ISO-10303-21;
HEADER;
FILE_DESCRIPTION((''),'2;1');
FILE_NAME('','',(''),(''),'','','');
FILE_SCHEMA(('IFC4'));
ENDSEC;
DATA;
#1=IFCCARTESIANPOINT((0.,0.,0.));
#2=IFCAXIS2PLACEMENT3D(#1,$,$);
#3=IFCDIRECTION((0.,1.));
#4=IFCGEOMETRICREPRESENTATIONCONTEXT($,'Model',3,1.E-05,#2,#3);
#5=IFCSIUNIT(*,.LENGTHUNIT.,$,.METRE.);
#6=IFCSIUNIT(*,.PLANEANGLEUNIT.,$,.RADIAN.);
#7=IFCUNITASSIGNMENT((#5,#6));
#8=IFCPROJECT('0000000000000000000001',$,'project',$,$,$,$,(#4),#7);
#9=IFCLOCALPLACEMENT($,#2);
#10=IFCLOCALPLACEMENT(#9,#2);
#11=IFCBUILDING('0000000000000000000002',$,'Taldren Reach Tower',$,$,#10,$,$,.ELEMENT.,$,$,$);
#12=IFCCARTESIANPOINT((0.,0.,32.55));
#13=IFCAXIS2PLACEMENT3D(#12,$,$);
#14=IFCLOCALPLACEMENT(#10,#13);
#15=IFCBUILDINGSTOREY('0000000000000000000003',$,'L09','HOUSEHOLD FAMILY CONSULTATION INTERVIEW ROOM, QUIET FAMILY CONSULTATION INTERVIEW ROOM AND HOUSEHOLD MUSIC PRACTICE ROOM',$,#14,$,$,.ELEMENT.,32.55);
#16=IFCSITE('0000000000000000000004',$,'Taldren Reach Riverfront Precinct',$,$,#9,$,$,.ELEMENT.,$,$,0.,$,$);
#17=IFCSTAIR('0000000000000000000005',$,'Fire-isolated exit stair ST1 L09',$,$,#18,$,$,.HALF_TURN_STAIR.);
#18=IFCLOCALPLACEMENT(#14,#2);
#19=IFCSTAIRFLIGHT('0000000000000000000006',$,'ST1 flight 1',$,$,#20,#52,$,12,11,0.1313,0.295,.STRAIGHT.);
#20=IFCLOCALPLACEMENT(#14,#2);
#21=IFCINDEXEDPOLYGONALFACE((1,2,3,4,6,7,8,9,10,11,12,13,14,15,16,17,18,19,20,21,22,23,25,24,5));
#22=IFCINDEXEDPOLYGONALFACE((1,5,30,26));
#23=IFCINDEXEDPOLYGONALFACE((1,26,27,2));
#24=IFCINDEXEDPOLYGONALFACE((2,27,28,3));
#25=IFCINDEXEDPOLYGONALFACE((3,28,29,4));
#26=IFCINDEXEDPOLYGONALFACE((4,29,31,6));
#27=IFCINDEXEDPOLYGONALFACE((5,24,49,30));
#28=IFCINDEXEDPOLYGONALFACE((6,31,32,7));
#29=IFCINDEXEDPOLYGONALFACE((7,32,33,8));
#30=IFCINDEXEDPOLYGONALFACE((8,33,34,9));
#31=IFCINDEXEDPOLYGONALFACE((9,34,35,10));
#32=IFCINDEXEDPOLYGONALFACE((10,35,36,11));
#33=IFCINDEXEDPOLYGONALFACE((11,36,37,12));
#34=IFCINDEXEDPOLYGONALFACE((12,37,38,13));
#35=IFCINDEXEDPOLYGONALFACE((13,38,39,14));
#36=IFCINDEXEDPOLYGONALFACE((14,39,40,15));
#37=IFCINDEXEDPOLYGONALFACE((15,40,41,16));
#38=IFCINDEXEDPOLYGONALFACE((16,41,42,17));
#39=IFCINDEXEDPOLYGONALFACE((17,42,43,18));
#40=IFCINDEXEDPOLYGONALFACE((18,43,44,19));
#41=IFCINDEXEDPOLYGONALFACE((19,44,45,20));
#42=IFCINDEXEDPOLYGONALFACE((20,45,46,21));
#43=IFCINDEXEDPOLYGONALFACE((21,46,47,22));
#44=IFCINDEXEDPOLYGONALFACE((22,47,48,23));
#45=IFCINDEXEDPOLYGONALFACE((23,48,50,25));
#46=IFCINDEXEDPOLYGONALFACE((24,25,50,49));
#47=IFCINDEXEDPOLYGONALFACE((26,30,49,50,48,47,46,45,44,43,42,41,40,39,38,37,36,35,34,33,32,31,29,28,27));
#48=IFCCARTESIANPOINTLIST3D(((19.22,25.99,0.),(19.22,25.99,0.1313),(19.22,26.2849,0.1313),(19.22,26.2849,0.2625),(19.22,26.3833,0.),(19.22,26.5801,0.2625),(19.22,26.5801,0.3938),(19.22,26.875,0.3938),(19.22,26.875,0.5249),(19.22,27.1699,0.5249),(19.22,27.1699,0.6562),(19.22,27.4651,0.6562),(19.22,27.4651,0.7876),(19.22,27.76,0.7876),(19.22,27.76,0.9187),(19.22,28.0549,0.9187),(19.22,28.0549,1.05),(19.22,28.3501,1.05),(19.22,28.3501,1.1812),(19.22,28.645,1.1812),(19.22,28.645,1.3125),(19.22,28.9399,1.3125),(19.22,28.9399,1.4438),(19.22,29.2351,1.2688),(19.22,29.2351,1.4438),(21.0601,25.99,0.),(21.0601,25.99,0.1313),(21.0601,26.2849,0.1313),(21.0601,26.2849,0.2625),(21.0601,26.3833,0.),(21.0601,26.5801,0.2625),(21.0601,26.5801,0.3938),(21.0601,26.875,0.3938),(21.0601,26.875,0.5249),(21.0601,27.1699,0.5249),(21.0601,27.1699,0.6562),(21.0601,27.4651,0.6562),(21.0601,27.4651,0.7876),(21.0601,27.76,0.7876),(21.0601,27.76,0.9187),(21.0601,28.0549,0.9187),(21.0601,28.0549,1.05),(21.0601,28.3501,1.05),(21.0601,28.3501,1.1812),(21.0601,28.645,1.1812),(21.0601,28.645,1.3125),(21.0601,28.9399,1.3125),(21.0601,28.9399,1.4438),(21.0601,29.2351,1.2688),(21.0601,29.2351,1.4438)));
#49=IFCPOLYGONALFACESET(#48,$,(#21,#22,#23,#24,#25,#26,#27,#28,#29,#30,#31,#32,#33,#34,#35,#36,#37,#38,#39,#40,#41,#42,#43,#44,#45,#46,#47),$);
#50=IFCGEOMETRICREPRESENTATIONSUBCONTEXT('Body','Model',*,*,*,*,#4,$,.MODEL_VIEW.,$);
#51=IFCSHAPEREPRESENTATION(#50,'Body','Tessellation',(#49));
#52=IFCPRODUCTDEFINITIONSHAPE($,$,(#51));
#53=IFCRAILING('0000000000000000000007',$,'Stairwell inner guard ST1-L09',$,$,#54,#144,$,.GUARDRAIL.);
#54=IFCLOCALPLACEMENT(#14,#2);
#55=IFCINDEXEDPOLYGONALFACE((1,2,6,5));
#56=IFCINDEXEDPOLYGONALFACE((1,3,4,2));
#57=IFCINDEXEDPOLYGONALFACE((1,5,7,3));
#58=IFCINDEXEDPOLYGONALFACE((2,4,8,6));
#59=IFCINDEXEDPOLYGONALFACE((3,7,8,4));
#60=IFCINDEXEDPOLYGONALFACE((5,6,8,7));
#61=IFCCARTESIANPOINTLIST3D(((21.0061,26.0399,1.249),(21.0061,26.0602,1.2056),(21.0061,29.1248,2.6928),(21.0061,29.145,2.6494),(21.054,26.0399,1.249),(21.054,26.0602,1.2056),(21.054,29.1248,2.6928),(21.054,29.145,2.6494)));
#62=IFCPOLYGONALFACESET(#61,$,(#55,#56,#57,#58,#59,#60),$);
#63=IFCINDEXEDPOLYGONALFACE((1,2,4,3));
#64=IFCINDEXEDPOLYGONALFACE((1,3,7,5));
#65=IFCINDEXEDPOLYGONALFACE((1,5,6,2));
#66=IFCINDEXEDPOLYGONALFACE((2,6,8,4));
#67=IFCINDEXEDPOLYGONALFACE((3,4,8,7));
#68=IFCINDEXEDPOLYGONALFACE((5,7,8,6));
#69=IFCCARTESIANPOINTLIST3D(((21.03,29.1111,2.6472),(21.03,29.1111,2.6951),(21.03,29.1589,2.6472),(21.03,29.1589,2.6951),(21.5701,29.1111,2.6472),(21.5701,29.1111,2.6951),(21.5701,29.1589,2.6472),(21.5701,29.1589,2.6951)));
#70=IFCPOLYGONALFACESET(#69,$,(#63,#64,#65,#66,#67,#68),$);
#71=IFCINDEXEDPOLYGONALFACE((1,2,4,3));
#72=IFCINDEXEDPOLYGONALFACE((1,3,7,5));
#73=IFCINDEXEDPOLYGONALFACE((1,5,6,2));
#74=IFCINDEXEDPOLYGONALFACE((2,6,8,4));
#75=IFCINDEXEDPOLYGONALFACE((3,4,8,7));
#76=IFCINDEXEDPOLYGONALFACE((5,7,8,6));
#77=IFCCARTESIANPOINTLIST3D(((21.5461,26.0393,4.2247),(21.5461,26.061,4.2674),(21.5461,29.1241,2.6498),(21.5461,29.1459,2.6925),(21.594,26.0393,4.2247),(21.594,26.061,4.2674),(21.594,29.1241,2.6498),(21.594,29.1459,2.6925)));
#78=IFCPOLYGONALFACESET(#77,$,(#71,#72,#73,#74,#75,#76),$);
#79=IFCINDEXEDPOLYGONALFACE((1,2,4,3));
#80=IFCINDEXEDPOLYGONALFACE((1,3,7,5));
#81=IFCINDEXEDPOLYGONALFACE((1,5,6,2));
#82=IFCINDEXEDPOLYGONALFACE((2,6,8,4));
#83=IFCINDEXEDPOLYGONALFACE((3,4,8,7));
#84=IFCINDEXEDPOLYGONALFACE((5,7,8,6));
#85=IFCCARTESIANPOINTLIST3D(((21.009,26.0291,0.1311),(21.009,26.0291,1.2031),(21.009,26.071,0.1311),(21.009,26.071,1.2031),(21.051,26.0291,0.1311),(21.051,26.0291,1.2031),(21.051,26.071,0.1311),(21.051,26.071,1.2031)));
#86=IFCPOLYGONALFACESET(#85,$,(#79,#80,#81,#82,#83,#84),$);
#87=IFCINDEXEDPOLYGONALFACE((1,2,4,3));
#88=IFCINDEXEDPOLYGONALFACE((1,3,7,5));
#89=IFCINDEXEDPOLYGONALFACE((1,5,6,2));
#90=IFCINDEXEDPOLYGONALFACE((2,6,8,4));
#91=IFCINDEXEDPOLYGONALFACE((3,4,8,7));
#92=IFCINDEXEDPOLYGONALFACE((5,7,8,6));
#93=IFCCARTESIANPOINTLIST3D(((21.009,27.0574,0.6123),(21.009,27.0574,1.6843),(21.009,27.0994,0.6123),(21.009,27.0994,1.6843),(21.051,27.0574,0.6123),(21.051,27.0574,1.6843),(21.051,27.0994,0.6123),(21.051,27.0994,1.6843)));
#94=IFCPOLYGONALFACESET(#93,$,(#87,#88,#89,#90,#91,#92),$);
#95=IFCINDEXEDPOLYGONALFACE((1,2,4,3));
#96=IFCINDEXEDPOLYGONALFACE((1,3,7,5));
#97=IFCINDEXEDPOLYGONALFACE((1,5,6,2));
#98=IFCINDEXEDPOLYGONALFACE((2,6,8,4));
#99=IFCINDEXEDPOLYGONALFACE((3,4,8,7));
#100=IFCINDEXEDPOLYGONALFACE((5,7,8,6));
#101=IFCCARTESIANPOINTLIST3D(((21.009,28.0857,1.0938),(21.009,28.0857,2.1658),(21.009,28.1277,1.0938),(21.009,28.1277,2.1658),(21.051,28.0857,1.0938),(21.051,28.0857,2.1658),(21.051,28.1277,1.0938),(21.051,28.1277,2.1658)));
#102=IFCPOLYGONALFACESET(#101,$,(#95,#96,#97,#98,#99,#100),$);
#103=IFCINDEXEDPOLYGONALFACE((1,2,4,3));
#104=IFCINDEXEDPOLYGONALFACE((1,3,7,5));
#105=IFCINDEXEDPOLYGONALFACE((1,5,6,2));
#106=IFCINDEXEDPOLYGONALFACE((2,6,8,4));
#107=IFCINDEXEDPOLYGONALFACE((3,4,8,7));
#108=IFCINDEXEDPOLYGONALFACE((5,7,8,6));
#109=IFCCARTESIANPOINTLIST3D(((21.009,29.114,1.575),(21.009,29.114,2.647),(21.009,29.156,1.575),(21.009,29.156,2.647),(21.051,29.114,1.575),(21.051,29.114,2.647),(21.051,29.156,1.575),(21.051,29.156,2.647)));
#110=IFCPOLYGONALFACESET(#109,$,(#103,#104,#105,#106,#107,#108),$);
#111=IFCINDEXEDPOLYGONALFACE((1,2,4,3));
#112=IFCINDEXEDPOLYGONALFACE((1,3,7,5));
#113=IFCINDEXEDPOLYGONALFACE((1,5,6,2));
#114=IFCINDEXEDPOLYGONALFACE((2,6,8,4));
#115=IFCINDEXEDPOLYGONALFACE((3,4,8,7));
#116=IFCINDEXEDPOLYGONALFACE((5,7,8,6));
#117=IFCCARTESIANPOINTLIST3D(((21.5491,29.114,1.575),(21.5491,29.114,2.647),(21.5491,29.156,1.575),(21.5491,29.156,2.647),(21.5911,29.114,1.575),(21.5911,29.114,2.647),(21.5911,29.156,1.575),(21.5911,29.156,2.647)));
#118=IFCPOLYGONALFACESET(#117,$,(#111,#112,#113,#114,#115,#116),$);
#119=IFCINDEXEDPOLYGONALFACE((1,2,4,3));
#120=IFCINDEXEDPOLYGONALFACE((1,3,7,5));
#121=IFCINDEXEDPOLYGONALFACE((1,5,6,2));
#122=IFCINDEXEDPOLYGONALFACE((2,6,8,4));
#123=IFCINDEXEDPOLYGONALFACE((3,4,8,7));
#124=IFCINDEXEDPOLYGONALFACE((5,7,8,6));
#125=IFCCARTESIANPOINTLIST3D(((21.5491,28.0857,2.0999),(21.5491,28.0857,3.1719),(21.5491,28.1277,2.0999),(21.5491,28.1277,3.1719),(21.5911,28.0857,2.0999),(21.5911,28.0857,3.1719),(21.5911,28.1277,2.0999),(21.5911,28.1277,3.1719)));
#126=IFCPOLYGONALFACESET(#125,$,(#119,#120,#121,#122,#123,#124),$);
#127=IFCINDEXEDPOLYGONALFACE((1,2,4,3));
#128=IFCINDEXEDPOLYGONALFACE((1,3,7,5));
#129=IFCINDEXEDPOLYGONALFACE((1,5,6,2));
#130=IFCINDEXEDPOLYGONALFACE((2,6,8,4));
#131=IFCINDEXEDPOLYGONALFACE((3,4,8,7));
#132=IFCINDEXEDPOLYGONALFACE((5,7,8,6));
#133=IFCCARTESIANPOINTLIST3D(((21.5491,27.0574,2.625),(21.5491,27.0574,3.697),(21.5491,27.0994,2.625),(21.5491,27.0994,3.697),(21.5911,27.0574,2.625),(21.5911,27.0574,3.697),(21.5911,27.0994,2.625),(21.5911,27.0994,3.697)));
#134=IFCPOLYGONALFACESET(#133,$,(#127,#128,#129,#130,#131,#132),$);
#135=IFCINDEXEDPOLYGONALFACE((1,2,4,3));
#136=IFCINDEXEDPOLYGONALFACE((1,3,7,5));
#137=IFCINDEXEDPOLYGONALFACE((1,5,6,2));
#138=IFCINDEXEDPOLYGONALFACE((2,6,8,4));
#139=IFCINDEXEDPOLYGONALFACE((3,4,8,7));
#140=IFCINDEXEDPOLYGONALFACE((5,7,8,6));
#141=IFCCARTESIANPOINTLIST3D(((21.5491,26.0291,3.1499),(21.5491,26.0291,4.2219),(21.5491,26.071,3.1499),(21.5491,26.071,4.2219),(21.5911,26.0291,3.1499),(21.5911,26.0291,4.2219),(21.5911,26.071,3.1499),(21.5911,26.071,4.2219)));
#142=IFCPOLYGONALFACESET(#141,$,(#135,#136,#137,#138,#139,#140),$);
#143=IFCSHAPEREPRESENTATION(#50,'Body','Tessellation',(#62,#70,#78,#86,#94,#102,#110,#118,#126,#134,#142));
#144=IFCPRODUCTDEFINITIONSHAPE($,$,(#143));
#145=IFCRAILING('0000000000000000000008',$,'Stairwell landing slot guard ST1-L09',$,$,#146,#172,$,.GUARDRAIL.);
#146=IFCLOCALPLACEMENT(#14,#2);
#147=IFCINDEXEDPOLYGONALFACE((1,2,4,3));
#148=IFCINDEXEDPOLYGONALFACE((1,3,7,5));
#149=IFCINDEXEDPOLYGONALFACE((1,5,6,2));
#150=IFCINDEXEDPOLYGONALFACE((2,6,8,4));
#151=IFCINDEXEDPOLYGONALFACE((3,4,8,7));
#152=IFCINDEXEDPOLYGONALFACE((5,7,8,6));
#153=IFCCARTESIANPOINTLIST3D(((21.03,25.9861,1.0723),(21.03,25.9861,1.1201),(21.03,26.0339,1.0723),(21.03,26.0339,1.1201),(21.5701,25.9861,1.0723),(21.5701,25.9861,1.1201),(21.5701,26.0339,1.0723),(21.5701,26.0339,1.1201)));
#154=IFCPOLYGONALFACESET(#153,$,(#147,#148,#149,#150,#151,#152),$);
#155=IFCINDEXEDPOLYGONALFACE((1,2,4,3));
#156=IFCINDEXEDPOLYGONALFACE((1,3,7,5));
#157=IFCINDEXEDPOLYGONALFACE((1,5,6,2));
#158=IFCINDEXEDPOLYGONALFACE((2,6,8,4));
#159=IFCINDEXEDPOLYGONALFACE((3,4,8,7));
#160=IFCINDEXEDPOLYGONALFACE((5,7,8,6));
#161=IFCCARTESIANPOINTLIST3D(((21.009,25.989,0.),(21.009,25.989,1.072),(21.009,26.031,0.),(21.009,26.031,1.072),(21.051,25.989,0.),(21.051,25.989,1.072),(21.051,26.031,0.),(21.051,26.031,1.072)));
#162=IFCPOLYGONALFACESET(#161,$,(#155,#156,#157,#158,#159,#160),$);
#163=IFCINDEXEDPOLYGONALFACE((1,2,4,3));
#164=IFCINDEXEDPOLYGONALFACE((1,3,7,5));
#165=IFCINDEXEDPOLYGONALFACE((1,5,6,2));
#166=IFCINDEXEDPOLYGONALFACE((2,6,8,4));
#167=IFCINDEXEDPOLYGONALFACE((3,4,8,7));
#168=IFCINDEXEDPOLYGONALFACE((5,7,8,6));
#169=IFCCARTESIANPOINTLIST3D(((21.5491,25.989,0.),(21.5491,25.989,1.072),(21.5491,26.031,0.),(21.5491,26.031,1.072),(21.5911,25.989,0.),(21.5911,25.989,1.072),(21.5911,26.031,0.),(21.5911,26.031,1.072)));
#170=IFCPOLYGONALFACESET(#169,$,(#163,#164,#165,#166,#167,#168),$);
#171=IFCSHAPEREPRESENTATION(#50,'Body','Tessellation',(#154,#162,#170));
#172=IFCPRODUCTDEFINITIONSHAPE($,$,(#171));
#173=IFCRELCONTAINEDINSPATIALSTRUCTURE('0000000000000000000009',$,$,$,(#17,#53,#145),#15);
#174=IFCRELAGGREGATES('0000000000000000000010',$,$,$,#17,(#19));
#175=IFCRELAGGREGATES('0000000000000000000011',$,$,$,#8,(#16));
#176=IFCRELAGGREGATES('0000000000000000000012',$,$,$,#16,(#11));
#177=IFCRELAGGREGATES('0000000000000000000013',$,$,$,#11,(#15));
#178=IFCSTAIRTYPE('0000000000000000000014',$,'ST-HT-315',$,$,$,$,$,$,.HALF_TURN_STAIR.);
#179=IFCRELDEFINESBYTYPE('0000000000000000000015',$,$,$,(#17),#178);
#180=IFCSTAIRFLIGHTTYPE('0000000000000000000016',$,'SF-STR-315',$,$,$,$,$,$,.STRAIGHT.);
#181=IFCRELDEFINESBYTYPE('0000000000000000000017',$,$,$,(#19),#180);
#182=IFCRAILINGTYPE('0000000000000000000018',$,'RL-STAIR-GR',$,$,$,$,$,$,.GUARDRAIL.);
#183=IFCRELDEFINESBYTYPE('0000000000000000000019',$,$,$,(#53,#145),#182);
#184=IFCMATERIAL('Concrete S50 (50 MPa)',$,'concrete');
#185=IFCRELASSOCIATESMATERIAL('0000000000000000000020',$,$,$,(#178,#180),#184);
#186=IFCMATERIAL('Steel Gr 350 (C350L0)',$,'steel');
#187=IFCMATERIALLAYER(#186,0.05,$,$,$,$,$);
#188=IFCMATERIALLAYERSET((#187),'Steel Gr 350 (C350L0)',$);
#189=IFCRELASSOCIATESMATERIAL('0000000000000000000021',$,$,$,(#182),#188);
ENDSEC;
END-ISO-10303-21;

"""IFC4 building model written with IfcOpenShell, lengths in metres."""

from ifc_helpers import new_model, si_unit, direction, frame, origin, origin_2d, place, context, subcontext, project, spatial, polyline, rectangle, outline, extrude, material, layer, layer_set, type_object, element, aggregate, save


model = new_model("IFC4")

# Units and contexts
model_context = context("Model", 3, precision=1e-05, world=origin(), true_north=direction((0.0, 1.0)))
body_context = subcontext(model_context, "Body", "Model", "MODEL_VIEW")
ifc_project = project(units=[si_unit("LENGTHUNIT", "METRE"), si_unit("PLANEANGLEUNIT", "RADIAN")], contexts=[model_context])

# Site, building, storey
site_placement = place(None, origin())
site = spatial("IfcSite", under=ifc_project, at=site_placement, Name="Taldren Reach Riverfront Precinct", CompositionType="ELEMENT", RefElevation=0.0)
building_placement = place(site_placement, origin())
building = spatial("IfcBuilding", under=site, at=building_placement, Name="Taldren Reach Tower", CompositionType="ELEMENT")
storey_placement = place(building_placement, frame((0.0, 0.0, 32.55)))
storey = spatial("IfcBuildingStorey", under=building, at=storey_placement, Name="L09", Description="HOUSEHOLD FAMILY CONSULTATION INTERVIEW ROOM, QUIET FAMILY CONSULTATION INTERVIEW ROOM AND HOUSEHOLD MUSIC PRACTICE ROOM", CompositionType="ELEMENT", Elevation=32.55)

# Shared definitions
ifc_material_1 = material(Name="Concrete S50 (50 MPa)", Category="concrete")

# Stair, stair flight
stair_type = type_object("IfcStairType", Name="ST-HT-315", PredefinedType="HALF_TURN_STAIR", material=ifc_material_1)
stair_placement = place(storey_placement, origin())
stair = element("IfcStair", 1, at=stair_placement, inside=storey, type_object=stair_type, Name="Fire-isolated exit stair ST1 L09", PredefinedType="HALF_TURN_STAIR")
stair_flight_type = type_object("IfcStairFlightType", Name="SF-STR-315", PredefinedType="STRAIGHT", material=ifc_material_1)
stair_flight_placement = place(storey_placement, frame((20.1399, 25.99, 0.0), z_axis=(0.0, 0.0, 1.0), x_axis=(0.0, 1.0, 0.0)))
stair_flight = element("IfcStairFlight", 2, at=stair_flight_placement, type_object=stair_flight_type, Name="ST1 flight 1", NumberOfRisers=12, NumberOfTreads=11, PredefinedType="STRAIGHT", RiserHeight=0.1313, TreadLength=0.295, context=body_context, shape_type="SweptSolid", body=[
    extrude(outline(polyline([(0.0, 0.0), (0.0, 0.1313), (0.2949, 0.1313), (0.2949, 0.2625), (0.5901, 0.2625), (0.5901, 0.3938), (0.885, 0.3938), (0.885, 0.5249), (1.1799, 0.5249), (1.1799, 0.6562), (1.4751, 0.6562), (1.4751, 0.7876), (1.77, 0.7876), (1.77, 0.9187), (2.0649, 0.9187), (2.0649, 1.05), (2.3601, 1.05), (2.3601, 1.1812), (2.655, 1.1812), (2.655, 1.3125), (2.95, 1.3125), (2.95, 1.4438), (3.2451, 1.4438), (3.2451, 1.575), (3.2451, 1.2688), (0.3933, 0.0), (0.0, 0.0)])), frame((0.0, 0.9199, 0.0), z_axis=(0.0, -1.0, 0.0), x_axis=(1.0, 0.0, 0.0)), (0.0, 0.0, 1.0), 1.8401),
])
aggregate(stair, [stair_flight])

# Railings
ifc_material_2 = material(Name="Steel Gr 350 (C350L0)", Category="steel")
ifc_layer_1 = layer(ifc_material_2, 0.05)
ifc_layer_set_1 = layer_set([ifc_layer_1], Name="Steel Gr 350 (C350L0)")
railing_type_1 = type_object("IfcRailingType", Name="RL-STAIR-GR", PredefinedType="GUARDRAIL", material=ifc_layer_set_1)
railing_1_placement = place(storey_placement, frame((21.03, 26.05, 0.1311)))
element("IfcRailing", 3, at=railing_1_placement, inside=storey, type_object=railing_type_1, Name="Stairwell inner guard ST1-L09", PredefinedType="GUARDRAIL", context=body_context, shape_type="SweptSolid", body=[
    extrude(rectangle(XDim=0.0479, YDim=0.0479, at=origin_2d()), frame((0.0, 0.0, 1.0962), z_axis=(0.0, 0.90571, 0.423898), x_axis=(-1.0, 0.0, 0.0)), (0.0, 0.0, 1.0), 3.406),
    extrude(rectangle(XDim=0.0479, YDim=0.0479, at=origin_2d()), frame((0.0, 3.085, 2.54), z_axis=(1.0, 0.0, 0.0), x_axis=(0.0, 1.0, 0.0)), (0.0, 0.0, 1.0), 0.54),
    extrude(rectangle(XDim=0.0479, YDim=0.0479, at=origin_2d()), frame((0.54, 3.085, 2.54), z_axis=(0.0, -0.890646, 0.454697), x_axis=(1.0, 0.0, 0.0)), (0.0, 0.0, 1.0), 3.4636),
    extrude(rectangle(XDim=0.042, YDim=0.042, at=origin_2d()), origin(), (0.0, 0.0, 1.0), 1.072),
    extrude(rectangle(XDim=0.042, YDim=0.042, at=origin_2d()), frame((0.0, 1.0283, 0.4812)), (0.0, 0.0, 1.0), 1.072),
    extrude(rectangle(XDim=0.042, YDim=0.042, at=origin_2d()), frame((0.0, 2.0566, 0.9626)), (0.0, 0.0, 1.0), 1.072),
    extrude(rectangle(XDim=0.042, YDim=0.042, at=origin_2d()), frame((0.0, 3.085, 1.4438)), (0.0, 0.0, 1.0), 1.072),
    extrude(rectangle(XDim=0.042, YDim=0.042, at=origin_2d()), frame((0.54, 3.085, 1.4438)), (0.0, 0.0, 1.0), 1.072),
    extrude(rectangle(XDim=0.042, YDim=0.042, at=origin_2d()), frame((0.54, 2.0566, 1.9688)), (0.0, 0.0, 1.0), 1.072),
    extrude(rectangle(XDim=0.042, YDim=0.042, at=origin_2d()), frame((0.54, 1.0283, 2.4939)), (0.0, 0.0, 1.0), 1.072),
    extrude(rectangle(XDim=0.042, YDim=0.042, at=origin_2d()), frame((0.54, 0.0, 3.0188)), (0.0, 0.0, 1.0), 1.072),
])
railing_2_placement = place(storey_placement, frame((21.03, 26.01, 0.0)))
element("IfcRailing", 4, at=railing_2_placement, inside=storey, type_object=railing_type_1, Name="Stairwell landing slot guard ST1-L09", PredefinedType="GUARDRAIL", context=body_context, shape_type="SweptSolid", body=[
    extrude(rectangle(XDim=0.0479, YDim=0.0479, at=origin_2d()), frame((0.0, 0.0, 1.0962), z_axis=(1.0, 0.0, 0.0), x_axis=(0.0, 1.0, 0.0)), (0.0, 0.0, 1.0), 0.54),
    extrude(rectangle(XDim=0.042, YDim=0.042, at=origin_2d()), origin(), (0.0, 0.0, 1.0), 1.072),
    extrude(rectangle(XDim=0.042, YDim=0.042, at=origin_2d()), frame((0.54, 0.0, 0.0)), (0.0, 0.0, 1.0), 1.072),
])

save(model, "model.ifc")
